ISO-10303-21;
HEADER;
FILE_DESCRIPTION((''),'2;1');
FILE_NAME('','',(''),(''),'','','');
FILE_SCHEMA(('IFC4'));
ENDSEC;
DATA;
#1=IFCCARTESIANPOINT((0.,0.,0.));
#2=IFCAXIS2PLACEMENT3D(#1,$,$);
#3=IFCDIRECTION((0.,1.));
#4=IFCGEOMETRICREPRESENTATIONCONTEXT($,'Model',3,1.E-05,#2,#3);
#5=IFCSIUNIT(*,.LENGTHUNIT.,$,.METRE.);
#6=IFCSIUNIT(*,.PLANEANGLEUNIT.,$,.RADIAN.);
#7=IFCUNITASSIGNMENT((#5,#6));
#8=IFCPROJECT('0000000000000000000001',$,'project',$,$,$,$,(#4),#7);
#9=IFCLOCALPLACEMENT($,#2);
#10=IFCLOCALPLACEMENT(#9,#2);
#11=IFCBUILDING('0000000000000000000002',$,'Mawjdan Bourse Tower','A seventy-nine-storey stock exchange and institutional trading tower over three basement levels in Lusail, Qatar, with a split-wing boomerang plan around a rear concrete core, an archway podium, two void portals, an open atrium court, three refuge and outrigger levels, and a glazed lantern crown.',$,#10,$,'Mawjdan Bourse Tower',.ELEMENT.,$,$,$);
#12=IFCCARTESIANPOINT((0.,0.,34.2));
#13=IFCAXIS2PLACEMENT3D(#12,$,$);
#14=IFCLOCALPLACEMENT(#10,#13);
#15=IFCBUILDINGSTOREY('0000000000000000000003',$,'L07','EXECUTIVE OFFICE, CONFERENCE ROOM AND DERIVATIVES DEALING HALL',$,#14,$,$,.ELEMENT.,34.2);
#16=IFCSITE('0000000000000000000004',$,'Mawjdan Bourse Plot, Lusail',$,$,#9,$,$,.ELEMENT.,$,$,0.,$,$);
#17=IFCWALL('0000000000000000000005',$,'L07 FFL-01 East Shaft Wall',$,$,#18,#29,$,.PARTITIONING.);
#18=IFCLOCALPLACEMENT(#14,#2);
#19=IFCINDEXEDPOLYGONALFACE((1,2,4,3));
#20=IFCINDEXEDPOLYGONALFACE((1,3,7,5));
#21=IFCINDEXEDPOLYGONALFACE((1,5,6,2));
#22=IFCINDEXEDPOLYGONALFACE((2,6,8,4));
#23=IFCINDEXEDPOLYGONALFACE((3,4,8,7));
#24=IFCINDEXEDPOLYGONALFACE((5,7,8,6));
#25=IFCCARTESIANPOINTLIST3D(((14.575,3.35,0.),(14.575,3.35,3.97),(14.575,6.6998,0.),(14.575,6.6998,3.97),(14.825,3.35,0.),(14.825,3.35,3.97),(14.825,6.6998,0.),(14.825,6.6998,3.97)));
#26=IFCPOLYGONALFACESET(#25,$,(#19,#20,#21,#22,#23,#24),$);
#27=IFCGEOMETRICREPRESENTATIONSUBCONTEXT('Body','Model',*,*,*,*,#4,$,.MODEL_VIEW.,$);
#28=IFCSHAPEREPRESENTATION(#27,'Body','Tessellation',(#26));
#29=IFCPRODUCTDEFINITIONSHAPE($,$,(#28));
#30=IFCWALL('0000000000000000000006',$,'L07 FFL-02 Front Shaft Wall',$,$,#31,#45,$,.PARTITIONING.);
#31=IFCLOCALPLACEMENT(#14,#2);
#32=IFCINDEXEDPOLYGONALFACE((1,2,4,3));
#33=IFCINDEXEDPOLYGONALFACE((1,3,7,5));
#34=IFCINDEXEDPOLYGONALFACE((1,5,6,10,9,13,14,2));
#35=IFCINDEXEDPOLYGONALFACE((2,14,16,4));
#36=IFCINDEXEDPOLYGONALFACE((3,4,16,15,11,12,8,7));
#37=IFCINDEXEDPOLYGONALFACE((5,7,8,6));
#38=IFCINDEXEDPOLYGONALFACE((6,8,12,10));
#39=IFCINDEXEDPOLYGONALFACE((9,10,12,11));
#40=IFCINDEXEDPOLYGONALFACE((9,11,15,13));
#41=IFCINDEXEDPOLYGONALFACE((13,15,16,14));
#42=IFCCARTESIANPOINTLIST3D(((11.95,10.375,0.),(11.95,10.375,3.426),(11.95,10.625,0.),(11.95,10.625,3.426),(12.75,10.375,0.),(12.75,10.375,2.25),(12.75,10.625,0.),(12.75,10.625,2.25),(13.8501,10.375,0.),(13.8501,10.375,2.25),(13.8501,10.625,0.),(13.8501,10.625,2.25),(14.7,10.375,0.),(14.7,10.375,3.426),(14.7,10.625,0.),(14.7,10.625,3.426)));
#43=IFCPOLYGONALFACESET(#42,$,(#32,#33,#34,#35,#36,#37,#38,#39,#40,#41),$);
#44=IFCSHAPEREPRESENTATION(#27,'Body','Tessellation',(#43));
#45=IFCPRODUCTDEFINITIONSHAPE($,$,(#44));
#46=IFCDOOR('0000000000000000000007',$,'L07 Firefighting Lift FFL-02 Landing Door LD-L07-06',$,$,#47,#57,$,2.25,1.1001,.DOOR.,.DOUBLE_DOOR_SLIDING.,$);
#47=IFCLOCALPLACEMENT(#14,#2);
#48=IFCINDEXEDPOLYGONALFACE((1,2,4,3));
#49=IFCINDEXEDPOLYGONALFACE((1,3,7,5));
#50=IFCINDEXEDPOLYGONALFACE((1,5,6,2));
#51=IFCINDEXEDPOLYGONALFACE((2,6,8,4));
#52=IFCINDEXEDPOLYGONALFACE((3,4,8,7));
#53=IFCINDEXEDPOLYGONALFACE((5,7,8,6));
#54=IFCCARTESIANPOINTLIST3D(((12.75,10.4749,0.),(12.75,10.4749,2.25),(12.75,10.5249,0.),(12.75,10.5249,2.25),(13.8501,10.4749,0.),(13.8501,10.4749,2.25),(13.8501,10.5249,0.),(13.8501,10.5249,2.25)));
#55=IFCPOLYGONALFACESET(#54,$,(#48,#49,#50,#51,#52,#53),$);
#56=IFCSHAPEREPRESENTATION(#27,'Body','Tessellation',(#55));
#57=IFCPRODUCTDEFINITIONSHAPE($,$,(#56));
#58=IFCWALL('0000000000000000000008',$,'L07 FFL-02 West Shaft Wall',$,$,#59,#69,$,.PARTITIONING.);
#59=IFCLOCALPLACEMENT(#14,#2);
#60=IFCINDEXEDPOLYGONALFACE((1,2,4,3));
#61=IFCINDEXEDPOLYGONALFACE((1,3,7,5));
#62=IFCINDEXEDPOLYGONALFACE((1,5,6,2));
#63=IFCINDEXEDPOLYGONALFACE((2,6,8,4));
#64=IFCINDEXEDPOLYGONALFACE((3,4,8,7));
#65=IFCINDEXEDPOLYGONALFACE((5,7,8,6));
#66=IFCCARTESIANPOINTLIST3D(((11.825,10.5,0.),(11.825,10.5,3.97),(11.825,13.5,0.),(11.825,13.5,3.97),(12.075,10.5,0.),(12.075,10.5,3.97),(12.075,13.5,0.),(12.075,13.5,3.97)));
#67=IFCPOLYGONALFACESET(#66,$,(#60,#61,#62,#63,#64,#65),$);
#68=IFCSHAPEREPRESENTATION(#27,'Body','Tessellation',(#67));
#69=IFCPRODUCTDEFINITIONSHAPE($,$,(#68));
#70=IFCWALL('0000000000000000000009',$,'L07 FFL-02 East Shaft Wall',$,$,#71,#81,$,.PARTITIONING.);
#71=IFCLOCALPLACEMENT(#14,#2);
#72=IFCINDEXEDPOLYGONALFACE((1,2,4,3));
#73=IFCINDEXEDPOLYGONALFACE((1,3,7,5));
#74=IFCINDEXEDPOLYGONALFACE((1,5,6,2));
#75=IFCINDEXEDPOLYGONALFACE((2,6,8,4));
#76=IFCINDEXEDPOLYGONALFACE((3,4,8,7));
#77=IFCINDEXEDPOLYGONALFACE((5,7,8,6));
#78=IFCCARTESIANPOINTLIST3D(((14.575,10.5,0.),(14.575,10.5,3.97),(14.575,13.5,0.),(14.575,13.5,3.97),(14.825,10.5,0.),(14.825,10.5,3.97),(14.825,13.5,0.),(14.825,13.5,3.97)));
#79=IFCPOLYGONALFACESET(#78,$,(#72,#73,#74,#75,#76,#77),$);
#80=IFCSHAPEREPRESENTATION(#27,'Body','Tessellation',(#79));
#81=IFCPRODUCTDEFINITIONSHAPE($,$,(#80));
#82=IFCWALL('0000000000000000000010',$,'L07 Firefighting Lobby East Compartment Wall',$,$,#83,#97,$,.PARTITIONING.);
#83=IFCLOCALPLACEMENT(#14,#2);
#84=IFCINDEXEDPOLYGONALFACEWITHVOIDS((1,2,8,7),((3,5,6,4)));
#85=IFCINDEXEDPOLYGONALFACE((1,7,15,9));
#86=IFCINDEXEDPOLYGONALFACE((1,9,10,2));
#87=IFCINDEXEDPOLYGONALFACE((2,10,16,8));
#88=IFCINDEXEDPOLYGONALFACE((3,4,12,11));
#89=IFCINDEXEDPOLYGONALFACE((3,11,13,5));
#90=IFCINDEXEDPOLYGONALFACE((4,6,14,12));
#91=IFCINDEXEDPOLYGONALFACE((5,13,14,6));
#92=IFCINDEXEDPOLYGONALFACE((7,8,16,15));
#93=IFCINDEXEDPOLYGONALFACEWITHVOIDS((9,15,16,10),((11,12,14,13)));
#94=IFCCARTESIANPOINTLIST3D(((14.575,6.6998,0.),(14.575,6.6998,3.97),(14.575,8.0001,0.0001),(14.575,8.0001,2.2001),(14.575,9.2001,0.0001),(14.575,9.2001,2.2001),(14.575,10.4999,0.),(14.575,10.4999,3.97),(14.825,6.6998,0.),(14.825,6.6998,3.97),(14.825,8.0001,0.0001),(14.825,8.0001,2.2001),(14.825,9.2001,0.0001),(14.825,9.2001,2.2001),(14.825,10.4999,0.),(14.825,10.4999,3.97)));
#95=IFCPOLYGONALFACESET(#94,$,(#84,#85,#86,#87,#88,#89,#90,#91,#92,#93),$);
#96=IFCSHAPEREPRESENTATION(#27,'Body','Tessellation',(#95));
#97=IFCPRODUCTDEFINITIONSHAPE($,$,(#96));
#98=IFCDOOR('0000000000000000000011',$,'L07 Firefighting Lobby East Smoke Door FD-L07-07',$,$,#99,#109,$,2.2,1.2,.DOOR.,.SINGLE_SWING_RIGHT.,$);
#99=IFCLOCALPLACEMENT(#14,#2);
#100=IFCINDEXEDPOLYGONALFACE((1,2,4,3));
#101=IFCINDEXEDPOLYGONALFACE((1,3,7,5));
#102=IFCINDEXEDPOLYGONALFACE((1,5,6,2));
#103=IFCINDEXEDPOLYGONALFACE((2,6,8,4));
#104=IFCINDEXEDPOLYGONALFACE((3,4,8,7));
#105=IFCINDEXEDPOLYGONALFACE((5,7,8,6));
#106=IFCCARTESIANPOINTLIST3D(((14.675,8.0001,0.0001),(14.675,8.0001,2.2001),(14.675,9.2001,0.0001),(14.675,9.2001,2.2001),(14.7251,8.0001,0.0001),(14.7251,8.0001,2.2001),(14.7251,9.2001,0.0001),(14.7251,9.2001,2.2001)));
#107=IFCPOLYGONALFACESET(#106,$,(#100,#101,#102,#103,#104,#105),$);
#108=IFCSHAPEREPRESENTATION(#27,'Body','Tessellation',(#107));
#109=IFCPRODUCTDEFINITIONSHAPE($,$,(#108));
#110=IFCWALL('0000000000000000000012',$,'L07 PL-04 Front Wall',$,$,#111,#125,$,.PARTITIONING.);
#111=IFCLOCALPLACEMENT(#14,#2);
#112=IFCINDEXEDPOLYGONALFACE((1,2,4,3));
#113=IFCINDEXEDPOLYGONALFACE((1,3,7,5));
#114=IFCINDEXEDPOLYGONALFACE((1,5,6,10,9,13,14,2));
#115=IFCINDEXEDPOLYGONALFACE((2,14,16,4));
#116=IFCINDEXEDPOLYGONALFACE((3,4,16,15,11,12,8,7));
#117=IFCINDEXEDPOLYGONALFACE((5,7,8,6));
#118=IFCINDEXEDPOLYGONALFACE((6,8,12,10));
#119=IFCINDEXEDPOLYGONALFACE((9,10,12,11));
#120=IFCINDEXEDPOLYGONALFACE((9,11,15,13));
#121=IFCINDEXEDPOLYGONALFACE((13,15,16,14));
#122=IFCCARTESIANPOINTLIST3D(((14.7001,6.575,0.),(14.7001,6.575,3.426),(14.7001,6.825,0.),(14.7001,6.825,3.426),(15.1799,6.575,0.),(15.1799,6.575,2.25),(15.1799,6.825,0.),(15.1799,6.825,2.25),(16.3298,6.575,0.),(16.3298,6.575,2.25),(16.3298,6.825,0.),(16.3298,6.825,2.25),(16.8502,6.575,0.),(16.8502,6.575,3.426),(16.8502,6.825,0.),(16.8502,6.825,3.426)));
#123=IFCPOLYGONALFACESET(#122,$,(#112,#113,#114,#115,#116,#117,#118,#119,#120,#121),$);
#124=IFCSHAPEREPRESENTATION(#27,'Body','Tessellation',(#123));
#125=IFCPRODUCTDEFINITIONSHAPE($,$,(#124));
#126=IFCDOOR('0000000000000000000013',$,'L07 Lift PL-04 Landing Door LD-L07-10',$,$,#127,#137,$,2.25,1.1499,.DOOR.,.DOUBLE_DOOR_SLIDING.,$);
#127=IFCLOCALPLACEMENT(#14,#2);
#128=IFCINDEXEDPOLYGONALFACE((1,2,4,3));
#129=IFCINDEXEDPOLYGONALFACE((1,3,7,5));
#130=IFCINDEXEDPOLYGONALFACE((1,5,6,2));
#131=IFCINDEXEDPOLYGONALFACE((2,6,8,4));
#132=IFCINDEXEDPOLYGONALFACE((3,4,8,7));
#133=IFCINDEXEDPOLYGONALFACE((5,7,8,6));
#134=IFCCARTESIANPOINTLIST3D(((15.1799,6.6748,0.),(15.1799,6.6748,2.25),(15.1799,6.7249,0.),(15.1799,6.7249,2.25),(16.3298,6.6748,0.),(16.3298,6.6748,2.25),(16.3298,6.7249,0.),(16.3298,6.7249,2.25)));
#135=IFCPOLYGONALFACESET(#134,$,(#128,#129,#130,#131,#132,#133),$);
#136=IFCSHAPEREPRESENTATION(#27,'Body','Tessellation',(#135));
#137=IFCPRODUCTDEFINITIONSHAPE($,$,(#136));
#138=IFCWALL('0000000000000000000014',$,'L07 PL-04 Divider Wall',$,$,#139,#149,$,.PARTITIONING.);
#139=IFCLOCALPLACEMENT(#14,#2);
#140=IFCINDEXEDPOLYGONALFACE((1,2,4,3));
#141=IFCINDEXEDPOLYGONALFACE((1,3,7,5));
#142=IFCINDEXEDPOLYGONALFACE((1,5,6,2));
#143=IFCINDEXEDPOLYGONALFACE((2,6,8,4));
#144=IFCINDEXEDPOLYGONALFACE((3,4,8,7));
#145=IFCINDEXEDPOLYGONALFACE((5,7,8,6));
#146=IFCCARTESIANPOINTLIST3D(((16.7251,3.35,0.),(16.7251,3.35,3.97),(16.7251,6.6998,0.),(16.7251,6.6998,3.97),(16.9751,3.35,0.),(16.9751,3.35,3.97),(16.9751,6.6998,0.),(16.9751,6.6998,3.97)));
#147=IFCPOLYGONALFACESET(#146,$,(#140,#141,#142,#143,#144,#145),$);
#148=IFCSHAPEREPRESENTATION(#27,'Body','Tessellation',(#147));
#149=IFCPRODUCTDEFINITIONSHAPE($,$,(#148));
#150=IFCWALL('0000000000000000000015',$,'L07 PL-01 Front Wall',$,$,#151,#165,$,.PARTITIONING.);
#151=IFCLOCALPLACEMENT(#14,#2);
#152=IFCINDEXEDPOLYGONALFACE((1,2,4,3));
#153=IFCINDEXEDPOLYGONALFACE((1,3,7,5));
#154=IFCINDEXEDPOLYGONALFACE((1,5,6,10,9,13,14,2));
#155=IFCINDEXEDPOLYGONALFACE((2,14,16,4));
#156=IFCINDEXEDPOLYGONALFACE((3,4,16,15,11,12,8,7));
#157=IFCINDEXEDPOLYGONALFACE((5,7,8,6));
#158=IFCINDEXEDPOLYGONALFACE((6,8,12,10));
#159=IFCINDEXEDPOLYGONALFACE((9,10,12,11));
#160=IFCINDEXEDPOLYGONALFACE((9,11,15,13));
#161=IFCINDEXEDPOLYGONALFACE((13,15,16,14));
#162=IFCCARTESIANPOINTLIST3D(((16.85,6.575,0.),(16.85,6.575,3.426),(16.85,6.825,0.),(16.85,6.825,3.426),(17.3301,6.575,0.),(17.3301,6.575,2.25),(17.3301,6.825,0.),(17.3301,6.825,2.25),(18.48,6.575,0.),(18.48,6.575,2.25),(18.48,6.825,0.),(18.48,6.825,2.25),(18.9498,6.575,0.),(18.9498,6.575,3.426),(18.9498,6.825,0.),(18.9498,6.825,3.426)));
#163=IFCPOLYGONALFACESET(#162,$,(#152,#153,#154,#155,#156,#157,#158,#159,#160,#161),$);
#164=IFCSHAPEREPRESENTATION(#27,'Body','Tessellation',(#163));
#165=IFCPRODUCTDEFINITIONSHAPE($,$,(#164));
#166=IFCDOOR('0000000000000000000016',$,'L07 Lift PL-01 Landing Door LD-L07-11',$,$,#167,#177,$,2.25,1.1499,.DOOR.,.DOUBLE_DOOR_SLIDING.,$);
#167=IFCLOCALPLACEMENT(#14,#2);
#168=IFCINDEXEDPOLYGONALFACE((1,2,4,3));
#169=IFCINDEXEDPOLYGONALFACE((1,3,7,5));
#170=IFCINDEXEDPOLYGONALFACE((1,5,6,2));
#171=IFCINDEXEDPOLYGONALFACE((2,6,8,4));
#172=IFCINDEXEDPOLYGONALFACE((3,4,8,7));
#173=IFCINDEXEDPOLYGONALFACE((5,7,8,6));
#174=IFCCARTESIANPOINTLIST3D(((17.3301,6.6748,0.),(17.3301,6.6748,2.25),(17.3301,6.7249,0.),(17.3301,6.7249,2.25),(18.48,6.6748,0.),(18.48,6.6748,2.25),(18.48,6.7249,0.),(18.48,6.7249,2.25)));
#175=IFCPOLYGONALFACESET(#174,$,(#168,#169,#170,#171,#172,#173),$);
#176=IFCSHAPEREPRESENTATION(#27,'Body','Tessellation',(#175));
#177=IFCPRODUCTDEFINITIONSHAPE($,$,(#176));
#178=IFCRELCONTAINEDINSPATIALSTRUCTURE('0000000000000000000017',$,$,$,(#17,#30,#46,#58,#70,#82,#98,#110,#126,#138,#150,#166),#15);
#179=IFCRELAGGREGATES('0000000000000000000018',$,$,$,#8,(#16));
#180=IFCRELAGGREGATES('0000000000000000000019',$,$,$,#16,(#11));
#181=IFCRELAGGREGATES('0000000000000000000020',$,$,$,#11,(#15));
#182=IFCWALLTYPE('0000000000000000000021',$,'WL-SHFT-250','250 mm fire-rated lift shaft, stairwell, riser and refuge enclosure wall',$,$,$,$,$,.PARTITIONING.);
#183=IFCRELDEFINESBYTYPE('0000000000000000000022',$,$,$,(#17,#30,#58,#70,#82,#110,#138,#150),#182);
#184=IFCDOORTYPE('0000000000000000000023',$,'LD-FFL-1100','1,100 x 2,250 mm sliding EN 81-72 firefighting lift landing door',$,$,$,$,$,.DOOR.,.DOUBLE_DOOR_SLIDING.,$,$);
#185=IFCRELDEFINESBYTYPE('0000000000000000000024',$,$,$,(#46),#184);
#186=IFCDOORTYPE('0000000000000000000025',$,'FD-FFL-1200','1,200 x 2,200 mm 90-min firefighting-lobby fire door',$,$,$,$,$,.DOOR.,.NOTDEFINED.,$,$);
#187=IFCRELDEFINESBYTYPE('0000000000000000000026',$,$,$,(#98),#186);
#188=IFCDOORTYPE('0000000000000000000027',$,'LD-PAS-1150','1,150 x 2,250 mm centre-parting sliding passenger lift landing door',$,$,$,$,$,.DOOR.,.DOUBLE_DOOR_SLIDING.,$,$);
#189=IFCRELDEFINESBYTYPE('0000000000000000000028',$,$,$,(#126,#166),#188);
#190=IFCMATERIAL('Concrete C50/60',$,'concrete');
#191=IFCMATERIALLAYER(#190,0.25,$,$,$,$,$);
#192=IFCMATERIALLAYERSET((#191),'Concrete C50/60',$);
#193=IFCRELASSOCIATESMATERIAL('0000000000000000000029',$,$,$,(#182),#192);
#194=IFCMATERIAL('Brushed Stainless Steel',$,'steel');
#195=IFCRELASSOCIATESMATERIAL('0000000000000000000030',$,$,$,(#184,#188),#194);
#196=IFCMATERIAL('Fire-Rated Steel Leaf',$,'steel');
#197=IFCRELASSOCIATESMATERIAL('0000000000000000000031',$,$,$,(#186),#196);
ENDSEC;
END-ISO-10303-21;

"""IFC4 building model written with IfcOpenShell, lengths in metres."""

from ifc_helpers import new_model, si_unit, direction, frame, frame_2d, origin, place, context, subcontext, project, spatial, rectangle, extrude, material, layer, layer_set, type_object, element, fill, save


model = new_model("IFC4")

# Units and contexts
model_context = context("Model", 3, precision=1e-05, world=origin(), true_north=direction((0.0, 1.0)))
body_context = subcontext(model_context, "Body", "Model", "MODEL_VIEW")
ifc_project = project(units=[si_unit("LENGTHUNIT", "METRE"), si_unit("PLANEANGLEUNIT", "RADIAN")], contexts=[model_context])

# Site, building, storey
site_placement = place(None, origin())
site = spatial("IfcSite", under=ifc_project, at=site_placement, Name="Mawjdan Bourse Plot, Lusail", CompositionType="ELEMENT", RefElevation=0.0)
building_placement = place(site_placement, origin())
building = spatial("IfcBuilding", under=site, at=building_placement, Name="Mawjdan Bourse Tower", Description="A seventy-nine-storey stock exchange and institutional trading tower over three basement levels in Lusail, Qatar, with a split-wing boomerang plan around a rear concrete core, an archway podium, two void portals, an open atrium court, three refuge and outrigger levels, and a glazed lantern crown.", LongName="Mawjdan Bourse Tower", CompositionType="ELEMENT")
storey_placement = place(building_placement, frame((0.0, 0.0, 34.2)))
storey = spatial("IfcBuildingStorey", under=building, at=storey_placement, Name="L07", Description="EXECUTIVE OFFICE, CONFERENCE ROOM AND DERIVATIVES DEALING HALL", CompositionType="ELEMENT", Elevation=34.2)

# Shared definitions
ifc_material_1 = material(Name="Concrete C50/60", Category="concrete")
ifc_layer = layer(ifc_material_1, 0.25)
ifc_layer_set = layer_set([ifc_layer], Name="Concrete C50/60")
wall_type = type_object("IfcWallType", Name="WL-SHFT-250", Description="250 mm fire-rated lift shaft, stairwell, riser and refuge enclosure wall", PredefinedType="PARTITIONING", material=ifc_layer_set)

# Shared definitions
ifc_material_2 = material(Name="Brushed Stainless Steel", Category="steel")
door_type_1 = type_object("IfcDoorType", Name="LD-FFL-1100", Description="1,100 x 2,250 mm sliding EN 81-72 firefighting lift landing door", OperationType="DOUBLE_DOOR_SLIDING", PredefinedType="DOOR", material=ifc_material_2)

# Wall
wall_1_placement = place(storey_placement, frame((14.7, 3.3501, 0.0), z_axis=(0.0, 0.0, 1.0), x_axis=(0.0, 1.0, 0.0)))
element("IfcWall", 1, at=wall_1_placement, inside=storey, type_object=wall_type, Name="L07 FFL-01 East Shaft Wall", PredefinedType="PARTITIONING", context=body_context, shape_type="SweptSolid", body=[
    extrude(rectangle(XDim=3.3499, YDim=0.25, at=frame_2d((1.6748, 0.0))), origin(), (0.0, 0.0, 1.0), 3.97),
])

# Wall, opening, door
wall_2_placement = place(storey_placement, frame((11.95, 10.5, 0.0), z_axis=(0.0, 0.0, 1.0), x_axis=(1.0, 0.0, 0.0)))
wall_2 = element("IfcWall", 2, at=wall_2_placement, inside=storey, type_object=wall_type, Name="L07 FFL-02 Front Shaft Wall", PredefinedType="PARTITIONING", context=body_context, shape_type="SweptSolid", body=[
    extrude(rectangle(XDim=2.75, YDim=0.25, at=frame_2d((1.375, 0.0))), origin(), (0.0, 0.0, 1.0), 3.426),
])
opening_1_placement = place(wall_2_placement, frame((0.8, 0.0, 0.0)))
opening_1 = element("IfcOpeningElement", 3, at=opening_1_placement, cuts=wall_2, PredefinedType="OPENING", context=body_context, shape_type="SweptSolid", body=[
    extrude(rectangle(XDim=1.1001, YDim=2.25, at=frame_2d((0.55, 1.125))), frame((0.0, 0.135, 0.0), z_axis=(0.0, -1.0, 0.0), x_axis=(1.0, 0.0, 0.0)), (0.0, 0.0, 1.0), 0.27),
])
door_1_placement = place(opening_1_placement, origin())
door_1 = element("IfcDoor", 4, at=door_1_placement, inside=storey, type_object=door_type_1, Name="L07 Firefighting Lift FFL-02 Landing Door LD-L07-06", OperationType="DOUBLE_DOOR_SLIDING", OverallHeight=2.25, OverallWidth=1.1001, PredefinedType="DOOR", context=body_context, shape_type="SweptSolid", body=[
    extrude(rectangle(XDim=1.1001, YDim=2.25, at=frame_2d((0.55, 1.125))), frame((0.0, 0.0249, 0.0), z_axis=(0.0, -1.0, 0.0), x_axis=(1.0, 0.0, 0.0)), (0.0, 0.0, 1.0), 0.05),
])
fill(opening_1, door_1)

# Walls
for number, where, z_axis, x_axis, name in (
    (5, (11.95, 10.5, 0.0), (0.0, 0.0, 1.0), (0.0, 1.0, 0.0), "L07 FFL-02 West Shaft Wall"),
    (6, (14.7, 10.5, 0.0), (0.0, 0.0, 1.0), (0.0, 1.0, 0.0), "L07 FFL-02 East Shaft Wall"),
):
    element("IfcWall", number, at=place(storey_placement, frame(where, z_axis=z_axis, x_axis=x_axis)), inside=storey, type_object=wall_type, Name=name, PredefinedType="PARTITIONING", context=body_context, shape_type="SweptSolid", body=[
        extrude(rectangle(XDim=3.0, YDim=0.25, at=frame_2d((1.5, 0.0))), origin(), (0.0, 0.0, 1.0), 3.97),
    ])

# Walls, openings, doors
wall_3_placement = place(storey_placement, frame((14.7, 6.7, 0.0), z_axis=(0.0, 0.0, 1.0), x_axis=(0.0, 1.0, 0.0)))
wall_3 = element("IfcWall", 7, at=wall_3_placement, inside=storey, type_object=wall_type, Name="L07 Firefighting Lobby East Compartment Wall", PredefinedType="PARTITIONING", context=body_context, shape_type="SweptSolid", body=[
    extrude(rectangle(XDim=3.8, YDim=0.25, at=frame_2d((1.8999, 0.0))), origin(), (0.0, 0.0, 1.0), 3.97),
])
opening_2_placement = place(wall_3_placement, frame((1.3, 0.0, 0.0)))
opening_2 = element("IfcOpeningElement", 8, at=opening_2_placement, cuts=wall_3, PredefinedType="OPENING", context=body_context, shape_type="SweptSolid", body=[
    extrude(rectangle(XDim=1.2, YDim=2.2, at=frame_2d((0.6001, 1.1001))), frame((0.0, 0.135, 0.0), z_axis=(0.0, -1.0, 0.0), x_axis=(1.0, 0.0, 0.0)), (0.0, 0.0, 1.0), 0.27),
])
ifc_material_3 = material(Name="Fire-Rated Steel Leaf", Category="steel")
door_type_2 = type_object("IfcDoorType", Name="FD-FFL-1200", Description="1,200 x 2,200 mm 90-min firefighting-lobby fire door", OperationType="NOTDEFINED", PredefinedType="DOOR", material=ifc_material_3)
door_2_placement = place(opening_2_placement, origin())
door_2 = element("IfcDoor", 9, at=door_2_placement, inside=storey, type_object=door_type_2, Name="L07 Firefighting Lobby East Smoke Door FD-L07-07", OperationType="SINGLE_SWING_RIGHT", OverallHeight=2.2, OverallWidth=1.2, PredefinedType="DOOR", context=body_context, shape_type="SweptSolid", body=[
    extrude(rectangle(XDim=1.2, YDim=2.2, at=frame_2d((0.6001, 1.1001))), frame((0.0, 0.0249, 0.0), z_axis=(0.0, -1.0, 0.0), x_axis=(1.0, 0.0, 0.0)), (0.0, 0.0, 1.0), 0.05),
])
fill(opening_2, door_2)
wall_4_placement = place(storey_placement, frame((14.7, 6.7, 0.0), z_axis=(0.0, 0.0, 1.0), x_axis=(1.0, 0.0, 0.0)))
wall_4 = element("IfcWall", 10, at=wall_4_placement, inside=storey, type_object=wall_type, Name="L07 PL-04 Front Wall", PredefinedType="PARTITIONING", context=body_context, shape_type="SweptSolid", body=[
    extrude(rectangle(XDim=2.1501, YDim=0.25, at=frame_2d((1.0752, 0.0))), origin(), (0.0, 0.0, 1.0), 3.426),
])
opening_3_placement = place(wall_4_placement, frame((0.48, 0.0, 0.0)))
opening_3 = element("IfcOpeningElement", 11, at=opening_3_placement, cuts=wall_4, PredefinedType="OPENING", context=body_context, shape_type="SweptSolid", body=[
    extrude(rectangle(XDim=1.1499, YDim=2.25, at=frame_2d((0.575, 1.125))), frame((0.0, 0.135, 0.0), z_axis=(0.0, -1.0, 0.0), x_axis=(1.0, 0.0, 0.0)), (0.0, 0.0, 1.0), 0.27),
])
door_type_3 = type_object("IfcDoorType", Name="LD-PAS-1150", Description="1,150 x 2,250 mm centre-parting sliding passenger lift landing door", OperationType="DOUBLE_DOOR_SLIDING", PredefinedType="DOOR", material=ifc_material_2)
door_3_placement = place(opening_3_placement, origin())
door_3 = element("IfcDoor", 12, at=door_3_placement, inside=storey, type_object=door_type_3, Name="L07 Lift PL-04 Landing Door LD-L07-10", OperationType="DOUBLE_DOOR_SLIDING", OverallHeight=2.25, OverallWidth=1.1499, PredefinedType="DOOR", context=body_context, shape_type="SweptSolid", body=[
    extrude(rectangle(XDim=1.1499, YDim=2.25, at=frame_2d((0.575, 1.125))), frame((0.0, 0.0249, 0.0), z_axis=(0.0, -1.0, 0.0), x_axis=(1.0, 0.0, 0.0)), (0.0, 0.0, 1.0), 0.05),
])
fill(opening_3, door_3)

# Wall
wall_5_placement = place(storey_placement, frame((16.8501, 3.3501, 0.0), z_axis=(0.0, 0.0, 1.0), x_axis=(0.0, 1.0, 0.0)))
element("IfcWall", 13, at=wall_5_placement, inside=storey, type_object=wall_type, Name="L07 PL-04 Divider Wall", PredefinedType="PARTITIONING", context=body_context, shape_type="SweptSolid", body=[
    extrude(rectangle(XDim=3.3499, YDim=0.25, at=frame_2d((1.6748, 0.0))), origin(), (0.0, 0.0, 1.0), 3.97),
])

# Wall, opening, door
wall_6_placement = place(storey_placement, frame((16.8501, 6.7, 0.0), z_axis=(0.0, 0.0, 1.0), x_axis=(1.0, 0.0, 0.0)))
wall_6 = element("IfcWall", 14, at=wall_6_placement, inside=storey, type_object=wall_type, Name="L07 PL-01 Front Wall", PredefinedType="PARTITIONING", context=body_context, shape_type="SweptSolid", body=[
    extrude(rectangle(XDim=2.0999, YDim=0.25, at=frame_2d((1.0498, 0.0))), origin(), (0.0, 0.0, 1.0), 3.426),
])
opening_4_placement = place(wall_6_placement, frame((0.48, 0.0, 0.0)))
opening_4 = element("IfcOpeningElement", 15, at=opening_4_placement, cuts=wall_6, PredefinedType="OPENING", context=body_context, shape_type="SweptSolid", body=[
    extrude(rectangle(XDim=1.1499, YDim=2.25, at=frame_2d((0.575, 1.125))), frame((0.0, 0.135, 0.0), z_axis=(0.0, -1.0, 0.0), x_axis=(1.0, 0.0, 0.0)), (0.0, 0.0, 1.0), 0.27),
])
door_4_placement = place(opening_4_placement, origin())
door_4 = element("IfcDoor", 16, at=door_4_placement, inside=storey, type_object=door_type_3, Name="L07 Lift PL-01 Landing Door LD-L07-11", OperationType="DOUBLE_DOOR_SLIDING", OverallHeight=2.25, OverallWidth=1.1499, PredefinedType="DOOR", context=body_context, shape_type="SweptSolid", body=[
    extrude(rectangle(XDim=1.1499, YDim=2.25, at=frame_2d((0.575, 1.125))), frame((0.0, 0.0249, 0.0), z_axis=(0.0, -1.0, 0.0), x_axis=(1.0, 0.0, 0.0)), (0.0, 0.0, 1.0), 0.05),
])
fill(opening_4, door_4)

save(model, "model.ifc")
